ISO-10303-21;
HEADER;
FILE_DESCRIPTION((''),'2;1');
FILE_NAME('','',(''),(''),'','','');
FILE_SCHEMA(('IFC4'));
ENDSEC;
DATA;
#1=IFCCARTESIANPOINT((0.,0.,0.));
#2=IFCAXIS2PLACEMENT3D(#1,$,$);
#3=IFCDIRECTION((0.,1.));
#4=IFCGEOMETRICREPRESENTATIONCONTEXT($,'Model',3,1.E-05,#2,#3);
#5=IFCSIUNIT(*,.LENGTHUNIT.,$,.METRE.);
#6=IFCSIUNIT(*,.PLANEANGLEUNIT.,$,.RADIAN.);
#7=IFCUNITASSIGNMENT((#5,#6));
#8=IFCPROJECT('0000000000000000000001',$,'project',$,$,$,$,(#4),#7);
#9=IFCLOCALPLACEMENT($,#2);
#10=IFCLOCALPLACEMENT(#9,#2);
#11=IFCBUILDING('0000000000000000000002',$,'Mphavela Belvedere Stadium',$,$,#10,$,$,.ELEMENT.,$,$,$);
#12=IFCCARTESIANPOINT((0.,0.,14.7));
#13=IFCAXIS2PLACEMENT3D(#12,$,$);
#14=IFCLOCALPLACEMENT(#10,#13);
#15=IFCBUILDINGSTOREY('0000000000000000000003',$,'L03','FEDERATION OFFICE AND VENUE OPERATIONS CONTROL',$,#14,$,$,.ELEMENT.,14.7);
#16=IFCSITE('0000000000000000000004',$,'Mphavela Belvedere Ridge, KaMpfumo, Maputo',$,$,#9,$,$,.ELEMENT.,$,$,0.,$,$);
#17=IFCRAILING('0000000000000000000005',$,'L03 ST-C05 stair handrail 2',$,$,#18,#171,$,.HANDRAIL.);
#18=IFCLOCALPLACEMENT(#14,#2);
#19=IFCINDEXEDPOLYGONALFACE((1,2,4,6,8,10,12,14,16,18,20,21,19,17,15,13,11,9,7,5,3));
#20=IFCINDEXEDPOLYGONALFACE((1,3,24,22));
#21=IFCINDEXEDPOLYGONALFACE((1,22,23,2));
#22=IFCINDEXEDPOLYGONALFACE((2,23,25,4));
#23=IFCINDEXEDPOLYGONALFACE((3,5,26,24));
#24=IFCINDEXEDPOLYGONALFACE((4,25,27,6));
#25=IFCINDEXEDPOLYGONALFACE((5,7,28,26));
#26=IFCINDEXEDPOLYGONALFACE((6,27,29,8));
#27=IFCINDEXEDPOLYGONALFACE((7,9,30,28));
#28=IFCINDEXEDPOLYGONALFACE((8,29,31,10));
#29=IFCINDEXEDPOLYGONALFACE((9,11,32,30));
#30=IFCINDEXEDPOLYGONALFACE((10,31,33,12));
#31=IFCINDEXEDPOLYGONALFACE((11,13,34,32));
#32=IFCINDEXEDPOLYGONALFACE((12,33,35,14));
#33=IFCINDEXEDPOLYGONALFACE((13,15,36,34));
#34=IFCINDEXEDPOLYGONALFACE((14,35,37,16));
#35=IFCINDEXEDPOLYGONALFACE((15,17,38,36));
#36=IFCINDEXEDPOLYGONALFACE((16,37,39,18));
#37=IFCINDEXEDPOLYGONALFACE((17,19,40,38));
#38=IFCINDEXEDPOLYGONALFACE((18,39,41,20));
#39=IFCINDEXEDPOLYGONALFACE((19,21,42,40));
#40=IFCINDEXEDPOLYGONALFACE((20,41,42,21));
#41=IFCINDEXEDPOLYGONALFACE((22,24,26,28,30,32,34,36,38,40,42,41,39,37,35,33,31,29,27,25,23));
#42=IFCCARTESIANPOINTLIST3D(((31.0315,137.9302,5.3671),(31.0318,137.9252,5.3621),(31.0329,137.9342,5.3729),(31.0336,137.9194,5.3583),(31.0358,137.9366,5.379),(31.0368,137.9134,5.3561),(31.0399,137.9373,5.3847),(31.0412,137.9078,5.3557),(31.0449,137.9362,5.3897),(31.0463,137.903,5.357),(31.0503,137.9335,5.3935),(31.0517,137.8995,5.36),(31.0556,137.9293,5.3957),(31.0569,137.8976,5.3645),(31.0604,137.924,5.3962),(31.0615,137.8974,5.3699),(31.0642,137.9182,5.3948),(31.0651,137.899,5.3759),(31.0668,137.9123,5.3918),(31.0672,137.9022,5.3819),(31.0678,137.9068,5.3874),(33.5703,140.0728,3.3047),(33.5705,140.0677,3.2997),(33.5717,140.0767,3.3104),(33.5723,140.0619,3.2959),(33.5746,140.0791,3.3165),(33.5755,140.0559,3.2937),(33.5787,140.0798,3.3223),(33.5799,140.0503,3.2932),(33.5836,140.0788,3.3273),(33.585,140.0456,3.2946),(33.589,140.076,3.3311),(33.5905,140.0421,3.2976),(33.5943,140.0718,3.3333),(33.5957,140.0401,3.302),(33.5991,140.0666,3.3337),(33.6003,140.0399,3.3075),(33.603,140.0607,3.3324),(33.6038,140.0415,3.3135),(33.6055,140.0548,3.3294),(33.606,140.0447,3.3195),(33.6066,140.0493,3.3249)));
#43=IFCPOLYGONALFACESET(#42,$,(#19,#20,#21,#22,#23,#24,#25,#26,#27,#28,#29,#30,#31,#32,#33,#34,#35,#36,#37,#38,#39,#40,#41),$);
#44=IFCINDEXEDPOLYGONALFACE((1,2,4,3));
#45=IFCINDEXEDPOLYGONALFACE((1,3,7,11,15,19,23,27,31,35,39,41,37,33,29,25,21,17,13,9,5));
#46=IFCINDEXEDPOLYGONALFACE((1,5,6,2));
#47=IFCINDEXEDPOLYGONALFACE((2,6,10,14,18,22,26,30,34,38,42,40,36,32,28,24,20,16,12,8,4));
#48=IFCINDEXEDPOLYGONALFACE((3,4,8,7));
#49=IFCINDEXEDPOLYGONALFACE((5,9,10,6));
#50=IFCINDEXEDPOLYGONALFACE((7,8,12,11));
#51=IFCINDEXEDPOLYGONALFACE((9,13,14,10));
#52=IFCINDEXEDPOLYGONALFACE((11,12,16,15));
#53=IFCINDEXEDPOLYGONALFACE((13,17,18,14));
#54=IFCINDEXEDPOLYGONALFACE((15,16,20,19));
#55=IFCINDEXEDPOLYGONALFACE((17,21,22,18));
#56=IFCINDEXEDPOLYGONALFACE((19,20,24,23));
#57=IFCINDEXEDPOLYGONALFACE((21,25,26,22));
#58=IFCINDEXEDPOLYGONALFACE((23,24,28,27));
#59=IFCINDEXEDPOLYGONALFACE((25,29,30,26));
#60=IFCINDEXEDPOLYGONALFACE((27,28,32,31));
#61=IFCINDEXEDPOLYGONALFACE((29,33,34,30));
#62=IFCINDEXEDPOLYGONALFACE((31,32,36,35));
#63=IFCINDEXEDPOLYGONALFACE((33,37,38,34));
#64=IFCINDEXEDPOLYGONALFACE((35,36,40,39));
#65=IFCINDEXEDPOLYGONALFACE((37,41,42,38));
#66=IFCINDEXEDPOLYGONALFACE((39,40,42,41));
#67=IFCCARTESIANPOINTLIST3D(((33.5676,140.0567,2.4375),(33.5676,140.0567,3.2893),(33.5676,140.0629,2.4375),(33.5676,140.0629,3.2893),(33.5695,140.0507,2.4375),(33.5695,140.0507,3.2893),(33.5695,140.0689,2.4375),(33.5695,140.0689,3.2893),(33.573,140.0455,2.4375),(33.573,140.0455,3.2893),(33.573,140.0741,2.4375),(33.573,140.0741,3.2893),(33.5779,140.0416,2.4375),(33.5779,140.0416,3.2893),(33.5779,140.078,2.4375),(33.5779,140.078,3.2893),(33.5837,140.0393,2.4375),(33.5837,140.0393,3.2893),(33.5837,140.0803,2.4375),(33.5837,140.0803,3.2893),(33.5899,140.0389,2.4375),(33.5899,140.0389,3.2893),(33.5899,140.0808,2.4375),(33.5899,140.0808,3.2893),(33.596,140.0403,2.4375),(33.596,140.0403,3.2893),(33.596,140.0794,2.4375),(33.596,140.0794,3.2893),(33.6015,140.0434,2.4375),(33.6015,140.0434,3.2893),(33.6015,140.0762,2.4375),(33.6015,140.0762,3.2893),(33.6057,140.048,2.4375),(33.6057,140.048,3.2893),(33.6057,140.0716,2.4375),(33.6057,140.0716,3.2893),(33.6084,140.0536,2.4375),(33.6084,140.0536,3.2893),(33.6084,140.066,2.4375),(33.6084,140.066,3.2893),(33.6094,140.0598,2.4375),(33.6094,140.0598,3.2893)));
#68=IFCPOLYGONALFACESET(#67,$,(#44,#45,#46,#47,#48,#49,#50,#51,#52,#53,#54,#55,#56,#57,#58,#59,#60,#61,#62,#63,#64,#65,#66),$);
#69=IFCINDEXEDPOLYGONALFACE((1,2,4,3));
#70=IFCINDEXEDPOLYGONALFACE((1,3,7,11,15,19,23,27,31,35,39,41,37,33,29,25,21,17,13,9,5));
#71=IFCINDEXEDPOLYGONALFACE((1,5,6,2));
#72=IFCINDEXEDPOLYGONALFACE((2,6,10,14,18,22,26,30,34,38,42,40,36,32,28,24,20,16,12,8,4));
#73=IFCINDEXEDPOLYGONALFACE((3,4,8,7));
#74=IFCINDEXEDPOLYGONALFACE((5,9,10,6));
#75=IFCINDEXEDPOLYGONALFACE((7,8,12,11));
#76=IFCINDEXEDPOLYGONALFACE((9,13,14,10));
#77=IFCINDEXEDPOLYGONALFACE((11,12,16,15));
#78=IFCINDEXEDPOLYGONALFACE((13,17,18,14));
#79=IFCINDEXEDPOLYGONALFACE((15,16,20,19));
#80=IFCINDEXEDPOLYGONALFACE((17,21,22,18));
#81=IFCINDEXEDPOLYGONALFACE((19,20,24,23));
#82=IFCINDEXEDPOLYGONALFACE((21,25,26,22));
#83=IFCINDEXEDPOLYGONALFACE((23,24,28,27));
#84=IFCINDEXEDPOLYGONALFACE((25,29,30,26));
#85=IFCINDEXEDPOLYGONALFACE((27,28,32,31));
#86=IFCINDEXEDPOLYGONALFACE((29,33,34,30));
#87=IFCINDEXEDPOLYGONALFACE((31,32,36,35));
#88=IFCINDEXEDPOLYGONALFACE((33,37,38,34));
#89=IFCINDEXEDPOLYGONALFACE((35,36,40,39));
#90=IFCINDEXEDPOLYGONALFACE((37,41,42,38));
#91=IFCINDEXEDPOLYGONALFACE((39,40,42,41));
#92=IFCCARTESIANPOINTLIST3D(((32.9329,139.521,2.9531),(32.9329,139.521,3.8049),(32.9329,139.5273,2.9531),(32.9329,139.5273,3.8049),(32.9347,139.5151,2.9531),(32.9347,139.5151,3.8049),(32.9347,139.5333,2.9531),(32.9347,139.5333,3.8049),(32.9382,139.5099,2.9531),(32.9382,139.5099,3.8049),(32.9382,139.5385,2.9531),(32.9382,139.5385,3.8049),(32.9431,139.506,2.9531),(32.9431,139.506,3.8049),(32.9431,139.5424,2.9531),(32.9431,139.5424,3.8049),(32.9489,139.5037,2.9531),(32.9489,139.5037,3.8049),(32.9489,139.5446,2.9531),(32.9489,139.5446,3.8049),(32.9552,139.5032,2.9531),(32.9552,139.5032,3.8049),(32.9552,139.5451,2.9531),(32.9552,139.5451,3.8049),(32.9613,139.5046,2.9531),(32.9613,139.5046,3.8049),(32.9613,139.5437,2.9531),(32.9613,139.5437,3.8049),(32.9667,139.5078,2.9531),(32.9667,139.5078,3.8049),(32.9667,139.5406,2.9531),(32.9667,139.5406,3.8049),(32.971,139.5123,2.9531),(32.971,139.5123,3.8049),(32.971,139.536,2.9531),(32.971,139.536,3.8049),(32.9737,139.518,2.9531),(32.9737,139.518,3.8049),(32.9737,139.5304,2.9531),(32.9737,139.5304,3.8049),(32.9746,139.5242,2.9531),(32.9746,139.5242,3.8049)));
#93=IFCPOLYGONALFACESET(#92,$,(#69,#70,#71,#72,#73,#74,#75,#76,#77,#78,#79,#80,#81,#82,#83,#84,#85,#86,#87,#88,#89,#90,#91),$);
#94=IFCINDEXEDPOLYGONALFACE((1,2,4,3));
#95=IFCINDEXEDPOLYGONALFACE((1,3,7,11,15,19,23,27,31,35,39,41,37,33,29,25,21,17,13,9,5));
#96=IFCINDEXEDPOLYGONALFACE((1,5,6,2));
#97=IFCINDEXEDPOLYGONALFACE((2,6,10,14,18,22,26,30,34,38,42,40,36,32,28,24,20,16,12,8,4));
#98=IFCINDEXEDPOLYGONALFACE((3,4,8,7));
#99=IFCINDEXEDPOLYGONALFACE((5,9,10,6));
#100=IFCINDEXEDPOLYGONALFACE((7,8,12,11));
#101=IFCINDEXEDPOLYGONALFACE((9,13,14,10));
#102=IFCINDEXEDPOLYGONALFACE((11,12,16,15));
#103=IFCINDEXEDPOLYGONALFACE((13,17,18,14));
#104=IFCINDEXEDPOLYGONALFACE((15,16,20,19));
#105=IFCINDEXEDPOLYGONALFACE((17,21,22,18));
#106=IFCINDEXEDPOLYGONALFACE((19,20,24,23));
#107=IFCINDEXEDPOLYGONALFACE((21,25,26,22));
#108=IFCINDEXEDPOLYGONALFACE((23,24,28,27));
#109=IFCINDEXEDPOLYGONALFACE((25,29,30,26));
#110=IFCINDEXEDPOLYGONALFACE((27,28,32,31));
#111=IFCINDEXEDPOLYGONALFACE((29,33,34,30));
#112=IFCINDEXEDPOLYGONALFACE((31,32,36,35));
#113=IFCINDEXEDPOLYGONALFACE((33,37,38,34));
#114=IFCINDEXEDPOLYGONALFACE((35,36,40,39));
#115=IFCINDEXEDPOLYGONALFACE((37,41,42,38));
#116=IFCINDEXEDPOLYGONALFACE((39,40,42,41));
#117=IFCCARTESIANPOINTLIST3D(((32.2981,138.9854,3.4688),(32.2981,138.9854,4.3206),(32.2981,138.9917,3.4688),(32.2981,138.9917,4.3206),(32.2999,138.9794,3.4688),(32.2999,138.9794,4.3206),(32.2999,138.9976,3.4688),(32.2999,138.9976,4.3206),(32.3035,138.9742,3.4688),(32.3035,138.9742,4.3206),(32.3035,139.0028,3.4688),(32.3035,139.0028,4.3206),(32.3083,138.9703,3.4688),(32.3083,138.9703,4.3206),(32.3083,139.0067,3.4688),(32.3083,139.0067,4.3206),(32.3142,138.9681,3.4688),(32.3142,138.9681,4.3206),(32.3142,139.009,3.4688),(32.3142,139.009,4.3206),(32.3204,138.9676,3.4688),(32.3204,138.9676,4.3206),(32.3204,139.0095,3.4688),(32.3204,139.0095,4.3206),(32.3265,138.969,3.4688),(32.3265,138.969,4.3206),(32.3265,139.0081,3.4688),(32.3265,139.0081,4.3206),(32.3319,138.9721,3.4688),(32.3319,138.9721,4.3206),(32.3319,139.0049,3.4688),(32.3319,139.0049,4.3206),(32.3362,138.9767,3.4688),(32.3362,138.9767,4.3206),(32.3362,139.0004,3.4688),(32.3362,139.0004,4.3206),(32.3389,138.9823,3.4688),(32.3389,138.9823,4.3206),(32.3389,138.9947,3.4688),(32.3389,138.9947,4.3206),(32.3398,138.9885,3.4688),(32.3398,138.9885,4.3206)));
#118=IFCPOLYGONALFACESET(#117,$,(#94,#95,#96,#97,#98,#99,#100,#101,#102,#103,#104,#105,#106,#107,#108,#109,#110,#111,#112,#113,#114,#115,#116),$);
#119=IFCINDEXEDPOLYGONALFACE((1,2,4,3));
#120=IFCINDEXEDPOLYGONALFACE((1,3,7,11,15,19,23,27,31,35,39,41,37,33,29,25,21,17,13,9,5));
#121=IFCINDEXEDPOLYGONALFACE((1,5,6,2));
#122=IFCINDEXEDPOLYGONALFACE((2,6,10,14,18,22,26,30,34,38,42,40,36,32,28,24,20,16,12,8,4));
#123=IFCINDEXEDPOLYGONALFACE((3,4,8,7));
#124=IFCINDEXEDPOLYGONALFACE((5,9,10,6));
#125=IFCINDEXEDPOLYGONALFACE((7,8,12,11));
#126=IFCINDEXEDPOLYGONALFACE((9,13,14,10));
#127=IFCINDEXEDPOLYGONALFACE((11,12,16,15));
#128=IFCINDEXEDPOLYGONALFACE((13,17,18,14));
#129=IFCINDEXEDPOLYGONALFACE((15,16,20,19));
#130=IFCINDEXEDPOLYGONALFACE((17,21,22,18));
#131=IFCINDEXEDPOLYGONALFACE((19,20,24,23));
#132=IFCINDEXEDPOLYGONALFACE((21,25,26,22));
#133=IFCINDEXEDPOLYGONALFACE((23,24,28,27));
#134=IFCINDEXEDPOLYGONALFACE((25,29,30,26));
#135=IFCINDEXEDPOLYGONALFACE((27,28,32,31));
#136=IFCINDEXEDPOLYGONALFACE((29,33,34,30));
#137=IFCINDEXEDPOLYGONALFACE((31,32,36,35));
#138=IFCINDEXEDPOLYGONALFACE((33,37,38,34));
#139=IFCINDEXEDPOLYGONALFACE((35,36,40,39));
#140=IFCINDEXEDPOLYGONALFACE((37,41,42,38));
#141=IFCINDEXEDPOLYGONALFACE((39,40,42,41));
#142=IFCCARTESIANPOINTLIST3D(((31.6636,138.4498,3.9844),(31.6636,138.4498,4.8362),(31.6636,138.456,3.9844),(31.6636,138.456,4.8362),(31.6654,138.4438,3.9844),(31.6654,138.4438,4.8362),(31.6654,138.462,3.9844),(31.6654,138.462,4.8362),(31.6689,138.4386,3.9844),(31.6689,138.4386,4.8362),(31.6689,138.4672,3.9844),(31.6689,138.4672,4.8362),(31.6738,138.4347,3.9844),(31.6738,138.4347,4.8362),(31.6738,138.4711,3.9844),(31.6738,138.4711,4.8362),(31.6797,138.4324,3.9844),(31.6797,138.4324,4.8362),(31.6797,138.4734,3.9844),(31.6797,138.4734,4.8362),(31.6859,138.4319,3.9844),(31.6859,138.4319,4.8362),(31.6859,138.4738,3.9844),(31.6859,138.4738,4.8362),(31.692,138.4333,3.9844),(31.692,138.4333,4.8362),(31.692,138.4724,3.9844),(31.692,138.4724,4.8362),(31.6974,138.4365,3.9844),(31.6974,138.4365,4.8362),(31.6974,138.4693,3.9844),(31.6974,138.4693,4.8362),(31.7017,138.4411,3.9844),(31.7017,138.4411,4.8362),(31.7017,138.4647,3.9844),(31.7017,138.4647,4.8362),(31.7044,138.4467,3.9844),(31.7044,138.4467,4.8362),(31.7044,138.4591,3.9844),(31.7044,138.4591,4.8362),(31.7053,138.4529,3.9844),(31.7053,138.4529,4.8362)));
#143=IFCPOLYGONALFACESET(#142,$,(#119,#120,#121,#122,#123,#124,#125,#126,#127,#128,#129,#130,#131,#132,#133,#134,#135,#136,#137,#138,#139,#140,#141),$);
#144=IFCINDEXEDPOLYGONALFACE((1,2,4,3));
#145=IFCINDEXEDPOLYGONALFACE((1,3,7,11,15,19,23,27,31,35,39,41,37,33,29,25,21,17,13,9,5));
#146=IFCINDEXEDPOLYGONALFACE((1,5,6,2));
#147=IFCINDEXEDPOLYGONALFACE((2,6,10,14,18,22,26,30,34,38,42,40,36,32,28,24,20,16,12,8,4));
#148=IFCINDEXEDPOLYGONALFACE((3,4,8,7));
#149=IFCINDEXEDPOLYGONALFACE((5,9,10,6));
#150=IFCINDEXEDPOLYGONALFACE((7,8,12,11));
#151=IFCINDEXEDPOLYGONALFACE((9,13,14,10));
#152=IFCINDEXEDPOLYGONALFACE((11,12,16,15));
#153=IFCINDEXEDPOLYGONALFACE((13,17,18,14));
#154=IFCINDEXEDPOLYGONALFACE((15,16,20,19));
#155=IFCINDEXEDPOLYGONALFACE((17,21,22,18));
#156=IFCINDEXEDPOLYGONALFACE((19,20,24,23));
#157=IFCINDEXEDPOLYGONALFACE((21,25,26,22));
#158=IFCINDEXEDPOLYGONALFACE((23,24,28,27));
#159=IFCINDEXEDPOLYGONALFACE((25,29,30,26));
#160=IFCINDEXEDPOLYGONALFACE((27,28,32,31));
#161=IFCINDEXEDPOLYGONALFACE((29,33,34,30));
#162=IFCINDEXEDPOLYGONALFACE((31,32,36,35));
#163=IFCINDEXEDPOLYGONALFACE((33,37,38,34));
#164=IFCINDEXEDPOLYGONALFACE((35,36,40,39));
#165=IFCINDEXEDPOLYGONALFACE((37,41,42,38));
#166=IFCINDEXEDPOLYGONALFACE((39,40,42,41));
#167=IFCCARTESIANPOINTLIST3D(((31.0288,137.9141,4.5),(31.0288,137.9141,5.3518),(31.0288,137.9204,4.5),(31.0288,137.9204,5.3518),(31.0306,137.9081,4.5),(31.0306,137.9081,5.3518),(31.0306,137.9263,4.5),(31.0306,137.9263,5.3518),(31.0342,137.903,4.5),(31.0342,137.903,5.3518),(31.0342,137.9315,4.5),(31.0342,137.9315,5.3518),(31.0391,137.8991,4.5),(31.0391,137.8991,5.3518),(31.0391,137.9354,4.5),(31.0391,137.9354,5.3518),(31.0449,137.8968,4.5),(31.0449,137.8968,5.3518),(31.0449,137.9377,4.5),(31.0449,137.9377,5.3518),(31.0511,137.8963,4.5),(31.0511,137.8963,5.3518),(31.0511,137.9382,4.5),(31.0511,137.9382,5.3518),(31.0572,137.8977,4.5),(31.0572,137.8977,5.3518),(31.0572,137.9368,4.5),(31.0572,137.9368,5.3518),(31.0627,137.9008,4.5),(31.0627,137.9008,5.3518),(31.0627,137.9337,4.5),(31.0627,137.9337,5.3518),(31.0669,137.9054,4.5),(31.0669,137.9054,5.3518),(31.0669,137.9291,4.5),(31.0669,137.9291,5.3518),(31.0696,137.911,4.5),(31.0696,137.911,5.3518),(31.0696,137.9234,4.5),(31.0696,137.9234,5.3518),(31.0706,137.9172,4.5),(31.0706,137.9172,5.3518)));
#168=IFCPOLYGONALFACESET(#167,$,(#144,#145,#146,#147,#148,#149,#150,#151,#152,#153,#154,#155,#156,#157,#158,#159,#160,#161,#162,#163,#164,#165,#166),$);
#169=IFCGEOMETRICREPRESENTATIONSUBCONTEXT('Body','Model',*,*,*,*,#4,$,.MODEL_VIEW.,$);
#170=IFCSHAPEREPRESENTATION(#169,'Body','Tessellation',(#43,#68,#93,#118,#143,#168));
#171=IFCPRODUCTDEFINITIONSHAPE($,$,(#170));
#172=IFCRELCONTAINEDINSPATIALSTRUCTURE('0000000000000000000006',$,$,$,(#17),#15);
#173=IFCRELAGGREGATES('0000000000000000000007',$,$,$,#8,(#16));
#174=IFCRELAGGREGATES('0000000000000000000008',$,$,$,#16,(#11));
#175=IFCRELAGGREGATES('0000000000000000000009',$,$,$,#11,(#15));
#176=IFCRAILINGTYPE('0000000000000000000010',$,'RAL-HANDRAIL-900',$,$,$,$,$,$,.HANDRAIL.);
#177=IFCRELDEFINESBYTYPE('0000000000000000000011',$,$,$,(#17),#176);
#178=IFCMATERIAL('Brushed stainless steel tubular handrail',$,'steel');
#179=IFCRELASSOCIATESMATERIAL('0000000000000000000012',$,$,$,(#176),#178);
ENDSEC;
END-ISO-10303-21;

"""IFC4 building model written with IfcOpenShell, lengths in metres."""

from ifc_helpers import new_model, si_unit, direction, frame, origin, origin_2d, place, context, subcontext, project, spatial, circle, extrude, material, type_object, element, save


model = new_model("IFC4")

# Units and contexts
model_context = context("Model", 3, precision=1e-05, world=origin(), true_north=direction((0.0, 1.0)))
body_context = subcontext(model_context, "Body", "Model", "MODEL_VIEW")
ifc_project = project(units=[si_unit("LENGTHUNIT", "METRE"), si_unit("PLANEANGLEUNIT", "RADIAN")], contexts=[model_context])

# Site, building, storey
site_placement = place(None, origin())
site = spatial("IfcSite", under=ifc_project, at=site_placement, Name="Mphavela Belvedere Ridge, KaMpfumo, Maputo", CompositionType="ELEMENT", RefElevation=0.0)
building_placement = place(site_placement, origin())
building = spatial("IfcBuilding", under=site, at=building_placement, Name="Mphavela Belvedere Stadium", CompositionType="ELEMENT")
storey_placement = place(building_placement, frame((0.0, 0.0, 14.7)))
storey = spatial("IfcBuildingStorey", under=building, at=storey_placement, Name="L03", Description="FEDERATION OFFICE AND VENUE OPERATIONS CONTROL", CompositionType="ELEMENT", Elevation=14.7)

# Railing
ifc_material_1 = material(Name="Brushed stainless steel tubular handrail", Category="steel")
railing_type_1 = type_object("IfcRailingType", Name="RAL-HANDRAIL-900", PredefinedType="HANDRAIL", material=ifc_material_1)
railing_1_placement = place(storey_placement, frame((33.5884, 140.0598, 2.4375)))
element("IfcRailing", 1, at=railing_1_placement, inside=storey, type_object=railing_type_1, Name="L03 ST-C05 stair handrail 2", PredefinedType="HANDRAIL", context=body_context, shape_type="SweptSolid", body=[
    extrude(circle(Radius=0.0239, at=origin_2d()), frame((0.0, 0.0, 0.876), z_axis=(-0.649271, -0.547937, 0.527458), x_axis=(0.64495, -0.764225, 0.0)), (0.0, 0.0, 1.0), 3.9102),
    extrude(circle(Radius=0.021, at=origin_2d()), origin(), (0.0, 0.0, 1.0), 0.8518),
    extrude(circle(Radius=0.021, at=origin_2d()), frame((-0.6348, -0.5356, 0.5156)), (0.0, 0.0, 1.0), 0.8518),
    extrude(circle(Radius=0.021, at=origin_2d()), frame((-1.2695, -1.0713, 1.0312)), (0.0, 0.0, 1.0), 0.8518),
    extrude(circle(Radius=0.021, at=origin_2d()), frame((-1.9041, -1.6069, 1.5469)), (0.0, 0.0, 1.0), 0.8518),
    extrude(circle(Radius=0.021, at=origin_2d()), frame((-2.5388, -2.1426, 2.0625)), (0.0, 0.0, 1.0), 0.8518),
])

save(model, "model.ifc")
